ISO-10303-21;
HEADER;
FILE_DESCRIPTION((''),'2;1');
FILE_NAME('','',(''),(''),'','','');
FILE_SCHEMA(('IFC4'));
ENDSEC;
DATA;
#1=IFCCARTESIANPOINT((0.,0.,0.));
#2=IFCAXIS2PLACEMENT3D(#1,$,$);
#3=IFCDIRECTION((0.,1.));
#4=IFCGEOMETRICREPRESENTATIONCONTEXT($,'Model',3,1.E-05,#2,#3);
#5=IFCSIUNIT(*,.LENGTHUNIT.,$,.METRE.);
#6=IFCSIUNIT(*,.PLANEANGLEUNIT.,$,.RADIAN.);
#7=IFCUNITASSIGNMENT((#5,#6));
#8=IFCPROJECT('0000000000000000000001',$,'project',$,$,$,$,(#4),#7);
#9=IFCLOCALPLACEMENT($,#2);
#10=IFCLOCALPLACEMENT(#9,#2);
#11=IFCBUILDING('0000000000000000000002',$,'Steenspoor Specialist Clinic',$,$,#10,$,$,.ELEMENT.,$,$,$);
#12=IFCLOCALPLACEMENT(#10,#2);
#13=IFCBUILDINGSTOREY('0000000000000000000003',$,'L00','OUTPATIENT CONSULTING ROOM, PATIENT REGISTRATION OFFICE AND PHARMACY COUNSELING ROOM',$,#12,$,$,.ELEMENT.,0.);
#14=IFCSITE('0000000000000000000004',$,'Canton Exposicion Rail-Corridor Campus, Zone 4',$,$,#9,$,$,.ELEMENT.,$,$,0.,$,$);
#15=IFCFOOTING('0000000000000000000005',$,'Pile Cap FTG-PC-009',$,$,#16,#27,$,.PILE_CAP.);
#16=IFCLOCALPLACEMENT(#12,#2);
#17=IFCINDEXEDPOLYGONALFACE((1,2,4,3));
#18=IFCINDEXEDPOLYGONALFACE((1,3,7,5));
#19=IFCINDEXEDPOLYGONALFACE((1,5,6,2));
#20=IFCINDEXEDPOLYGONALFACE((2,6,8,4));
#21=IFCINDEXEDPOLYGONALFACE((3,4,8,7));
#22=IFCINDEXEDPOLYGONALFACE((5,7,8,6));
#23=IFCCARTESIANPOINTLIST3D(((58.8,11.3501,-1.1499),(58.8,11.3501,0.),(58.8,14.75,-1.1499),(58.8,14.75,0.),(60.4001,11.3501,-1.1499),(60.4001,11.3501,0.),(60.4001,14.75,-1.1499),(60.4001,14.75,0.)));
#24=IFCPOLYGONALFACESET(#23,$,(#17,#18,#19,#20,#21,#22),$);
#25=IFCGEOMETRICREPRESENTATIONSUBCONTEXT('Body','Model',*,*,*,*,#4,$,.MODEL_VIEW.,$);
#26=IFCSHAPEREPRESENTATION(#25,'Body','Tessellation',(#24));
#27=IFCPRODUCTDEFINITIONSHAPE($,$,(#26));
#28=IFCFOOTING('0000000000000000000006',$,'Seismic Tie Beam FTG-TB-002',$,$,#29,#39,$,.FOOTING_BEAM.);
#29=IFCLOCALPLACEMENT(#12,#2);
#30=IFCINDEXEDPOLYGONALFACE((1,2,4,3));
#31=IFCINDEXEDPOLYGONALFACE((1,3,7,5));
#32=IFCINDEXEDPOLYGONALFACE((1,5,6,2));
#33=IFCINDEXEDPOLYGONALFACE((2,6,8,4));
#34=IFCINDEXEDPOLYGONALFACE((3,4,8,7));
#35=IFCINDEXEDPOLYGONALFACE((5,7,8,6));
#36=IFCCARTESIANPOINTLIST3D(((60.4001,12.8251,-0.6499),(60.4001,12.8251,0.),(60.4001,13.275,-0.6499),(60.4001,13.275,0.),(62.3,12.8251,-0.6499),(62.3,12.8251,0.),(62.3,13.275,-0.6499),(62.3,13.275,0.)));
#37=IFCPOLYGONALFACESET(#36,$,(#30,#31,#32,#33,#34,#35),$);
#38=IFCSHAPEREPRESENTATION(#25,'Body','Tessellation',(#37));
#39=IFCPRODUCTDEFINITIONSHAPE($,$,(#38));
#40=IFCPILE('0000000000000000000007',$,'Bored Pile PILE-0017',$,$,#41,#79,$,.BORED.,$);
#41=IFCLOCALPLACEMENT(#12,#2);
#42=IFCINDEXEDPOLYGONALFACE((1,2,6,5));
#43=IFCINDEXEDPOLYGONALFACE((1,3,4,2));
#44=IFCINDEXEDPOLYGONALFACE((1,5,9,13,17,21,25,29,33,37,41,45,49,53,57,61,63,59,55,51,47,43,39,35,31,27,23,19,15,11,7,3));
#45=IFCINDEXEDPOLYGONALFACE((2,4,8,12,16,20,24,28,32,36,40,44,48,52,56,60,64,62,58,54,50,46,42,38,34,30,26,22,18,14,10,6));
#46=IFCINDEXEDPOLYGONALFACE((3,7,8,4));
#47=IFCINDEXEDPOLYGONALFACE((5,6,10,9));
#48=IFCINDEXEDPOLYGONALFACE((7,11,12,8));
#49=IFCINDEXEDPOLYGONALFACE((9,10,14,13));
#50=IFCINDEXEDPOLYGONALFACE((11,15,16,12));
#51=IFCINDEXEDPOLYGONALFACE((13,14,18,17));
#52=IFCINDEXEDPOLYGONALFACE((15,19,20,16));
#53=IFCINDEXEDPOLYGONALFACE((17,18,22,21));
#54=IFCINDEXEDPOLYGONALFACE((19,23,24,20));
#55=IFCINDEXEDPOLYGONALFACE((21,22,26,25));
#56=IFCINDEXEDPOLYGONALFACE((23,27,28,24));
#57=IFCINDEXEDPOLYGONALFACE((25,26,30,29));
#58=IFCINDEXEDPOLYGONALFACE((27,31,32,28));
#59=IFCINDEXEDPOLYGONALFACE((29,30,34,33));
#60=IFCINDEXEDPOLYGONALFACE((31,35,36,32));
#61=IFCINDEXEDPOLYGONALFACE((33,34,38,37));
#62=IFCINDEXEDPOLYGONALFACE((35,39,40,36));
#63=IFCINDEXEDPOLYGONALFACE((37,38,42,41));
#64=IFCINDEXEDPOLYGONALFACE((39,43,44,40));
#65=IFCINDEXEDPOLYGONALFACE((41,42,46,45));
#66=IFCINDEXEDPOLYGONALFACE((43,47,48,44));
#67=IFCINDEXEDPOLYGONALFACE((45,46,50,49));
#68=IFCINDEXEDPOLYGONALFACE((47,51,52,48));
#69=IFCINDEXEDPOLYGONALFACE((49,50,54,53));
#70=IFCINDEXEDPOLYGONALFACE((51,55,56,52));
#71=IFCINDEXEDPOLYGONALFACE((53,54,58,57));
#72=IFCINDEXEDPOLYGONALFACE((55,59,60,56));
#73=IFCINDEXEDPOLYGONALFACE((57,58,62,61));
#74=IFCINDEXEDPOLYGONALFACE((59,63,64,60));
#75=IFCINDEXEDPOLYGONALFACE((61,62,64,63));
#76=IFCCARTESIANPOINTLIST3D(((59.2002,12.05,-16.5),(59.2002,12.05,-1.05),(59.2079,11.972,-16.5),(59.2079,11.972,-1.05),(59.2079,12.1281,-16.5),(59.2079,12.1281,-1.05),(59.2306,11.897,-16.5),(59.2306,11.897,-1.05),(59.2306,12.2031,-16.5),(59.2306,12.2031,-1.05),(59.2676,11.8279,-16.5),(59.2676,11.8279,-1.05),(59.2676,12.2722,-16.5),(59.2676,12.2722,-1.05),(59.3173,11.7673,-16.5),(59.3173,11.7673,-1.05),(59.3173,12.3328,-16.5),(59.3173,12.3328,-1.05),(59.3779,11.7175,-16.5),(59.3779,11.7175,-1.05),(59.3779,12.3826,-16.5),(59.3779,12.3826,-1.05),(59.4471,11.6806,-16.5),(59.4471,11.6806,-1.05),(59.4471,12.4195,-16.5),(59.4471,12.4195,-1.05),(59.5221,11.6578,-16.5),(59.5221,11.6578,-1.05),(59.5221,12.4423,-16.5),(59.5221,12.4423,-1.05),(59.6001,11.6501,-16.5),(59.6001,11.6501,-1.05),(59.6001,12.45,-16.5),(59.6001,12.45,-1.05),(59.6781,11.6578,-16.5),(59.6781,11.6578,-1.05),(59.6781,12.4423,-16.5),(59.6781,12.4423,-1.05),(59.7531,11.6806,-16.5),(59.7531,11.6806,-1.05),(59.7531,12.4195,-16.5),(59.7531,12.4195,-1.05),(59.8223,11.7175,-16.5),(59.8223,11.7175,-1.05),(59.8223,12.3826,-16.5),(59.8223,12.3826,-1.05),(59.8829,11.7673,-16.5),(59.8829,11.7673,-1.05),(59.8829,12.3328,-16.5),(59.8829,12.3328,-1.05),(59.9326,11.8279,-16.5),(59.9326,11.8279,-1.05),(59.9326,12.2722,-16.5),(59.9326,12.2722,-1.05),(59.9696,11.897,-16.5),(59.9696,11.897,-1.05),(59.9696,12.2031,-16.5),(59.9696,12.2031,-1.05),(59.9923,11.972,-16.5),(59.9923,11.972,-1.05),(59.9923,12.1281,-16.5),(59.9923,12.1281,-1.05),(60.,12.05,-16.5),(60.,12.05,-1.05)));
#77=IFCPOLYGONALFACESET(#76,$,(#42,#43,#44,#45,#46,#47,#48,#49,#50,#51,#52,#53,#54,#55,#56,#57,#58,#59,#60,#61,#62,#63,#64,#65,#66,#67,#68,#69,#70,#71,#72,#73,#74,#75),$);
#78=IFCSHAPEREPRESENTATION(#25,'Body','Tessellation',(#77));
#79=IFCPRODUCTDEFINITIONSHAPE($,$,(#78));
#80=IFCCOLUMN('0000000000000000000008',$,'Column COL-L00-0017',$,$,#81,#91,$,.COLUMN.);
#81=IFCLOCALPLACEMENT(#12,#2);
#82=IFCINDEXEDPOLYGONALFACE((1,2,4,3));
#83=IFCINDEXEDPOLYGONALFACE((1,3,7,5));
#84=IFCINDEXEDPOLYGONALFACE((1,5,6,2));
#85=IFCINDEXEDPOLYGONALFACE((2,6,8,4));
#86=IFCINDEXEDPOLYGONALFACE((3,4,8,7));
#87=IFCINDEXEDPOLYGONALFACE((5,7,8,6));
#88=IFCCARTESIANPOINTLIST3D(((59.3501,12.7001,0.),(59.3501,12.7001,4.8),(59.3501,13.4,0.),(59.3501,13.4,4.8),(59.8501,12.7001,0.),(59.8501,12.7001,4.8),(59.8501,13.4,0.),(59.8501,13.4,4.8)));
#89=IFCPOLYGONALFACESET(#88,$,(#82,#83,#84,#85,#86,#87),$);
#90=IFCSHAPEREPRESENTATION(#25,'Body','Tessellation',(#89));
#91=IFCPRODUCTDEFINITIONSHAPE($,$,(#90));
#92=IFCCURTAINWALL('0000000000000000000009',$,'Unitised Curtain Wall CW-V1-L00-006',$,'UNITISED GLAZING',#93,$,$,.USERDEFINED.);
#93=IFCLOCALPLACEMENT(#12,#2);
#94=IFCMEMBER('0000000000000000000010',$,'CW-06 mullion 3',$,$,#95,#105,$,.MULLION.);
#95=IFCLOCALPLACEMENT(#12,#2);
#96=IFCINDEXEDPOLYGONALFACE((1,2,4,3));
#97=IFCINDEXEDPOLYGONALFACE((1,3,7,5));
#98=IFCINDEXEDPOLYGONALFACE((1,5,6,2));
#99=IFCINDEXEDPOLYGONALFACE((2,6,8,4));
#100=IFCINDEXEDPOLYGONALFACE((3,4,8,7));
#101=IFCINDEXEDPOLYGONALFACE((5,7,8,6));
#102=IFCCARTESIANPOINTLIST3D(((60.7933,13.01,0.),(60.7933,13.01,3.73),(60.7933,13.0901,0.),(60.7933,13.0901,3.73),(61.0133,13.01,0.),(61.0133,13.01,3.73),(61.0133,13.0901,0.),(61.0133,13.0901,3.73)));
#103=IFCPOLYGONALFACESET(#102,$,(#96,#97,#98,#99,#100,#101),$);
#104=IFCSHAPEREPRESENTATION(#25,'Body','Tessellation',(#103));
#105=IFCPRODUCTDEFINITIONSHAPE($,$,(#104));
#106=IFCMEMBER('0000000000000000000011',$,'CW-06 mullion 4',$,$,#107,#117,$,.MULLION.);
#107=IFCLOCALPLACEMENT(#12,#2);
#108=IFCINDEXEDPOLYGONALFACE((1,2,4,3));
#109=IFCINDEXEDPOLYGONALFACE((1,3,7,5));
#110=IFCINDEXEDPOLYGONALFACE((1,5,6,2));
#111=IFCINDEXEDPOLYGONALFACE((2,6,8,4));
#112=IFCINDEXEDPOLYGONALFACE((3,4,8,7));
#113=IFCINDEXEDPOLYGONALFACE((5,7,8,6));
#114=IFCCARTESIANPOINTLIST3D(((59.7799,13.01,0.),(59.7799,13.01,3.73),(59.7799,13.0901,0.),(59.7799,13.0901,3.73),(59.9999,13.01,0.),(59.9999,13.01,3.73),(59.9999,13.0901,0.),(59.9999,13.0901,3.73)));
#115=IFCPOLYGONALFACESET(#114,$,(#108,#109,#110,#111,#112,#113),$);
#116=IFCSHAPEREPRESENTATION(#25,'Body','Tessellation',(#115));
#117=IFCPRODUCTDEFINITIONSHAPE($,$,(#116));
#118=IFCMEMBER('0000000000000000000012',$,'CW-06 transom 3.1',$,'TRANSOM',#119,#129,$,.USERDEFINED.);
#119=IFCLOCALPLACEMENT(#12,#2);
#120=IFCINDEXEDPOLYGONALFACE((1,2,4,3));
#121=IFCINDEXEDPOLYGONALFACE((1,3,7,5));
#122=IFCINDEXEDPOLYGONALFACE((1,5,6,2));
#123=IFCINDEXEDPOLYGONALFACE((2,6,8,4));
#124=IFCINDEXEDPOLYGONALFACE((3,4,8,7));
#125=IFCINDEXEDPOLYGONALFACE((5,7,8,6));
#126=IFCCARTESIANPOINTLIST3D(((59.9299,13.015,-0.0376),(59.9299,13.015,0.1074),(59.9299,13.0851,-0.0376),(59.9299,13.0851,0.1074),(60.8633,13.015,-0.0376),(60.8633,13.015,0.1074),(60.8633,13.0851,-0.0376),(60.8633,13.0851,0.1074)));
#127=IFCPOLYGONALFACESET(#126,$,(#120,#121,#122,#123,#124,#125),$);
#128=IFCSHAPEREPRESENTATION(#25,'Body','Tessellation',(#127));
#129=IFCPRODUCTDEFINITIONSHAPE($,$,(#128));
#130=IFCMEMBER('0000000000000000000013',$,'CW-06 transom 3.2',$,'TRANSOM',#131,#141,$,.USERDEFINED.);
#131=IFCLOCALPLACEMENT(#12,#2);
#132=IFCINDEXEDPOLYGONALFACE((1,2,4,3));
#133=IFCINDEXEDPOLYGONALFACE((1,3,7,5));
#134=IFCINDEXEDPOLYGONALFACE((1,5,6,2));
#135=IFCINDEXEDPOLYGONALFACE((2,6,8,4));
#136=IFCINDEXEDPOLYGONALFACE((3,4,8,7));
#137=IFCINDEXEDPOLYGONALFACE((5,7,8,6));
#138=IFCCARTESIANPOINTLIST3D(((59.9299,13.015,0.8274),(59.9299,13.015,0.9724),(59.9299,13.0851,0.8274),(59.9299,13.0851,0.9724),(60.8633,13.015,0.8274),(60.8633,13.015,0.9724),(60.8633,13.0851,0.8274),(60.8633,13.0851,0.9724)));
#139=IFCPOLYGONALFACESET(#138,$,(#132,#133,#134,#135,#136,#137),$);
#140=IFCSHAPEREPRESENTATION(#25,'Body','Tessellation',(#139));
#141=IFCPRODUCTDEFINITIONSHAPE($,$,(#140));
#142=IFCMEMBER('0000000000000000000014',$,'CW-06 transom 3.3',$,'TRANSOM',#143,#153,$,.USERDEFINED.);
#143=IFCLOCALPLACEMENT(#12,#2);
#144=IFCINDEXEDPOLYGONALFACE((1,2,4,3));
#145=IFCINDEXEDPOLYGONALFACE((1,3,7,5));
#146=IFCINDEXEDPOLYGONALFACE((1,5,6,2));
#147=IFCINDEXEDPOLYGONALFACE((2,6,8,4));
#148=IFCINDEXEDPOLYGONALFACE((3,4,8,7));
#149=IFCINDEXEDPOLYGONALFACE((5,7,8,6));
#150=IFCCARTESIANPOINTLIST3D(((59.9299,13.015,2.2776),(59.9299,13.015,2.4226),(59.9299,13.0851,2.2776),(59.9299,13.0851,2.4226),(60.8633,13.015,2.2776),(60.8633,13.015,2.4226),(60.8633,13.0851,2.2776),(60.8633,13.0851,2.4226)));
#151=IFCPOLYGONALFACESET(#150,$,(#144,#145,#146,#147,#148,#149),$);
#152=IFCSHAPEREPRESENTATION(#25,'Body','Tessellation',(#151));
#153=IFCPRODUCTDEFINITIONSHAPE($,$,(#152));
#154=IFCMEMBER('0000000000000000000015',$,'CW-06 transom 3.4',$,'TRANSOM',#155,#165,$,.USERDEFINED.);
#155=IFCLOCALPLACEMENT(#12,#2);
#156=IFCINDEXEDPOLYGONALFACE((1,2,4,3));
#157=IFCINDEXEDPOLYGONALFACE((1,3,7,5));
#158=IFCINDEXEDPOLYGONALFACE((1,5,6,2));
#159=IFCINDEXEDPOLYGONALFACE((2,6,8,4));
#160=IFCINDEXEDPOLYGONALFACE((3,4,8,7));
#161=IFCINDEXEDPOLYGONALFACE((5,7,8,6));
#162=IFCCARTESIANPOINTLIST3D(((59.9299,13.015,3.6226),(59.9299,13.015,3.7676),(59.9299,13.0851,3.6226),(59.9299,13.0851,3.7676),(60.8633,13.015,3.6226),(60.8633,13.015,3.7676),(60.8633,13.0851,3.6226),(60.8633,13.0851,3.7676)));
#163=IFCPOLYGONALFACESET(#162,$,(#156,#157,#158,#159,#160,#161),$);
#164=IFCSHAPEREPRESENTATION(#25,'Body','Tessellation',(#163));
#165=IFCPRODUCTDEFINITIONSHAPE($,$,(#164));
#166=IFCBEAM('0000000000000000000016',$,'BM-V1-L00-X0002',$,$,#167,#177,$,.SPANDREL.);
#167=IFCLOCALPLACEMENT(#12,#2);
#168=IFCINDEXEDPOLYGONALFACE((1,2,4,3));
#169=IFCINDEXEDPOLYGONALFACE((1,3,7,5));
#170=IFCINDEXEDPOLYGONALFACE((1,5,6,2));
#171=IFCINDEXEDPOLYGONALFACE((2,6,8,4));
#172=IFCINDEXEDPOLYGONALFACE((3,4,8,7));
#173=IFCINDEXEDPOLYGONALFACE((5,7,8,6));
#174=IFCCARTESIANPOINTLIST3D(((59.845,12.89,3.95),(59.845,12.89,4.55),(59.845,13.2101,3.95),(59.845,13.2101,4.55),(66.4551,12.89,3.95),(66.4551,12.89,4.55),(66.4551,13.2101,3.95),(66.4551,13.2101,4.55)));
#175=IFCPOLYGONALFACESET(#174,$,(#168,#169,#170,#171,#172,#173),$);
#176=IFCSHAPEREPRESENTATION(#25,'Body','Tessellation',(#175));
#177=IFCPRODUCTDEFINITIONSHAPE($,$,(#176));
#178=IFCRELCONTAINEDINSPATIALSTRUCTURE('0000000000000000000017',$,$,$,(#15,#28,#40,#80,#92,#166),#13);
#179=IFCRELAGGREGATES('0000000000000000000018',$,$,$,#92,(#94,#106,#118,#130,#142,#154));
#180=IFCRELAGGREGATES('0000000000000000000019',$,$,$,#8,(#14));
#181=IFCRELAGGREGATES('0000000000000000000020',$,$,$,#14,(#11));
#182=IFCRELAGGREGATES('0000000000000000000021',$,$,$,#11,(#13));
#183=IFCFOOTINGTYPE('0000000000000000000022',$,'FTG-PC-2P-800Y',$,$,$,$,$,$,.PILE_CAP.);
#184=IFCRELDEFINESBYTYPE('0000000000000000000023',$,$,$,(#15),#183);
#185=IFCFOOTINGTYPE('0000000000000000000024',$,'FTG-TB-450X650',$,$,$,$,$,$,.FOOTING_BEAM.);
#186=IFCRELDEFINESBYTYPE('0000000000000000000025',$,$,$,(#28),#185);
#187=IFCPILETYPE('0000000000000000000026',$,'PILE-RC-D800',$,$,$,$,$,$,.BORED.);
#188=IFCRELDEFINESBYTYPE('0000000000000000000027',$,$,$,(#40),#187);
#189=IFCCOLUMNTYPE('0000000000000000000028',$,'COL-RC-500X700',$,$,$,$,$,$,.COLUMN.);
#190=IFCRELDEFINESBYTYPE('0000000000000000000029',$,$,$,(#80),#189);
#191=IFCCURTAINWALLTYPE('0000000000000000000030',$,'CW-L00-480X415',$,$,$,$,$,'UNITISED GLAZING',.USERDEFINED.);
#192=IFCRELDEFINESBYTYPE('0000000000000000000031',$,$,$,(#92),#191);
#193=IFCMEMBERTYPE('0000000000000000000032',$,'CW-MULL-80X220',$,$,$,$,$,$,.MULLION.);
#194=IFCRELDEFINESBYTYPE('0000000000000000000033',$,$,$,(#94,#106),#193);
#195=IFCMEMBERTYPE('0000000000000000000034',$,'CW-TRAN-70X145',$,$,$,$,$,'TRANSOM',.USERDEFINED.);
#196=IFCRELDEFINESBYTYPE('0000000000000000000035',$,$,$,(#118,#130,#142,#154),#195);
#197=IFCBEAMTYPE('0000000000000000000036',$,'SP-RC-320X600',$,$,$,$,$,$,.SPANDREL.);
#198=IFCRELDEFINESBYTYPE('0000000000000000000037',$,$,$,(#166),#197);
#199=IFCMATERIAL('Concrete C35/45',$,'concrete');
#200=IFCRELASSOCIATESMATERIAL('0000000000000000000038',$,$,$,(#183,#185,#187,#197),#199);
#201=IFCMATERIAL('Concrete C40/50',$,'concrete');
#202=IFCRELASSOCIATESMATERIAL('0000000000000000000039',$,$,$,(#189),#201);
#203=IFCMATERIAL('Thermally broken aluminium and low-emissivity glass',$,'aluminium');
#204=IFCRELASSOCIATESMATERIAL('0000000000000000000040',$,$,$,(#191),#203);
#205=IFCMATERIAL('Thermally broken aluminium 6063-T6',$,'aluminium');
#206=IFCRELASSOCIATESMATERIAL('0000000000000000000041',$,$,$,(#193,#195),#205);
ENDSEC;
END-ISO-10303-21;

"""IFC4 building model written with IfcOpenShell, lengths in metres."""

from ifc_helpers import new_model, si_unit, direction, frame, origin, origin_2d, place, context, subcontext, project, spatial, rectangle, circle, extrude, material, material_profile, profile_set, type_object, element, aggregate, save


model = new_model("IFC4")

# Units and contexts
model_context = context("Model", 3, precision=1e-05, world=origin(), true_north=direction((0.0, 1.0)))
body_context = subcontext(model_context, "Body", "Model", "MODEL_VIEW")
ifc_project = project(units=[si_unit("LENGTHUNIT", "METRE"), si_unit("PLANEANGLEUNIT", "RADIAN")], contexts=[model_context])

# Site, building, storey
site_placement = place(None, origin())
site = spatial("IfcSite", under=ifc_project, at=site_placement, Name="Canton Exposicion Rail-Corridor Campus, Zone 4", CompositionType="ELEMENT", RefElevation=0.0)
building_placement = place(site_placement, origin())
building = spatial("IfcBuilding", under=site, at=building_placement, Name="Steenspoor Specialist Clinic", CompositionType="ELEMENT")
storey_placement = place(building_placement, origin())
storey = spatial("IfcBuildingStorey", under=building, at=storey_placement, Name="L00", Description="OUTPATIENT CONSULTING ROOM, PATIENT REGISTRATION OFFICE AND PHARMACY COUNSELING ROOM", CompositionType="ELEMENT", Elevation=0.0)

# Footings
ifc_material_1 = material(Name="Concrete C35/45", Category="concrete")
footing_type_1 = type_object("IfcFootingType", Name="FTG-PC-2P-800Y", PredefinedType="PILE_CAP", material=ifc_material_1)
footing_1_placement = place(storey_placement, frame((59.6001, 13.05, -1.1499), z_axis=(0.0, 0.0, 1.0), x_axis=(1.0, 0.0, 0.0)))
element("IfcFooting", 1, at=footing_1_placement, inside=storey, type_object=footing_type_1, Name="Pile Cap FTG-PC-009", PredefinedType="PILE_CAP", context=body_context, shape_type="SweptSolid", body=[
    extrude(rectangle(XDim=1.6001, YDim=3.3999, at=origin_2d()), origin(), (0.0, 0.0, 1.0), 1.1499),
])
footing_type_2 = type_object("IfcFootingType", Name="FTG-TB-450X650", PredefinedType="FOOTING_BEAM", material=ifc_material_1)
footing_2_placement = place(storey_placement, frame((61.3501, 13.05, -0.6499), z_axis=(0.0, 0.0, 1.0), x_axis=(1.0, 0.0, 0.0)))
element("IfcFooting", 2, at=footing_2_placement, inside=storey, type_object=footing_type_2, Name="Seismic Tie Beam FTG-TB-002", PredefinedType="FOOTING_BEAM", context=body_context, shape_type="SweptSolid", body=[
    extrude(rectangle(XDim=1.8999, YDim=0.45, at=origin_2d()), origin(), (0.0, 0.0, 1.0), 0.6499),
])

# Pile
ifc_material_profile_1 = material_profile(ifc_material_1, circle(Radius=0.3999, at=origin_2d()), Name="PILE-D800")
ifc_profile_set_1 = profile_set([ifc_material_profile_1], Name="Concrete C35/45")
pile_type = type_object("IfcPileType", Name="PILE-RC-D800", PredefinedType="BORED", material=ifc_profile_set_1)
pile_placement = place(storey_placement, frame((59.6001, 12.05, -1.05), z_axis=(0.0, 0.0, -1.0), x_axis=(1.0, 0.0, 0.0)))
element("IfcPile", 3, at=pile_placement, inside=storey, type_object=pile_type, Name="Bored Pile PILE-0017", PredefinedType="BORED", context=body_context, shape_type="SweptSolid", body=[
    extrude(circle(Radius=0.3999, at=origin_2d()), origin(), (0.0, 0.0, 1.0), 15.45),
])

# Column
ifc_material_2 = material(Name="Concrete C40/50", Category="concrete")
ifc_material_profile_2 = material_profile(ifc_material_2, rectangle(XDim=0.5, YDim=0.7, at=origin_2d()), Name="RC-COL-500X700")
ifc_profile_set_2 = profile_set([ifc_material_profile_2], Name="Concrete C40/50")
column_type = type_object("IfcColumnType", Name="COL-RC-500X700", PredefinedType="COLUMN", material=ifc_profile_set_2)
column_placement = place(storey_placement, frame((59.6001, 13.05, 0.0), z_axis=(0.0, 0.0, 1.0), x_axis=(1.0, 0.0, 0.0)))
element("IfcColumn", 4, at=column_placement, inside=storey, type_object=column_type, Name="Column COL-L00-0017", PredefinedType="COLUMN", context=body_context, shape_type="SweptSolid", body=[
    extrude(rectangle(XDim=0.5, YDim=0.7, at=origin_2d()), origin(), (0.0, 0.0, 1.0), 4.8),
])

# Curtain wall, members
ifc_material_3 = material(Name="Thermally broken aluminium and low-emissivity glass", Category="aluminium")
curtain_wall_type = type_object("IfcCurtainWallType", Name="CW-L00-480X415", ElementType="UNITISED GLAZING", PredefinedType="USERDEFINED", material=ifc_material_3)
curtain_wall_placement = place(storey_placement, origin())
curtain_wall = element("IfcCurtainWall", 5, at=curtain_wall_placement, inside=storey, type_object=curtain_wall_type, Name="Unitised Curtain Wall CW-V1-L00-006", ObjectType="UNITISED GLAZING", PredefinedType="USERDEFINED")
ifc_material_4 = material(Name="Thermally broken aluminium 6063-T6", Category="aluminium")
ifc_material_profile_3 = material_profile(ifc_material_4, rectangle(XDim=0.0801, YDim=0.22, at=origin_2d()), Name="CWM-80X220")
ifc_profile_set_3 = profile_set([ifc_material_profile_3], Name="Thermally broken aluminium 6063-T6")
member_type_1 = type_object("IfcMemberType", Name="CW-MULL-80X220", PredefinedType="MULLION", material=ifc_profile_set_3)
member_1_placement = place(storey_placement, frame((60.9033, 13.05, 0.0), z_axis=(0.0, 0.0, 1.0), x_axis=(0.0, -1.0, 0.0)))
member_1 = element("IfcMember", 6, at=member_1_placement, type_object=member_type_1, Name="CW-06 mullion 3", PredefinedType="MULLION", context=body_context, shape_type="SweptSolid", body=[
    extrude(rectangle(XDim=0.0801, YDim=0.22, at=origin_2d()), origin(), (0.0, 0.0, 1.0), 3.73),
])
member_2_placement = place(storey_placement, frame((59.8899, 13.05, 0.0), z_axis=(0.0, 0.0, 1.0), x_axis=(0.0, -1.0, 0.0)))
member_2 = element("IfcMember", 7, at=member_2_placement, type_object=member_type_1, Name="CW-06 mullion 4", PredefinedType="MULLION", context=body_context, shape_type="SweptSolid", body=[
    extrude(rectangle(XDim=0.0801, YDim=0.22, at=origin_2d()), origin(), (0.0, 0.0, 1.0), 3.73),
])
ifc_material_profile_4 = material_profile(ifc_material_4, rectangle(XDim=0.0701, YDim=0.145, at=origin_2d()), Name="CWT-70X145")
ifc_profile_set_4 = profile_set([ifc_material_profile_4], Name="Thermally broken aluminium 6063-T6")
member_type_2 = type_object("IfcMemberType", Name="CW-TRAN-70X145", ElementType="TRANSOM", PredefinedType="USERDEFINED", material=ifc_profile_set_4)
member_3_placement = place(storey_placement, frame((60.8633, 13.05, 0.0349), z_axis=(-1.0, 0.0, 0.0), x_axis=(0.0, -1.0, 0.0)))
member_3 = element("IfcMember", 8, at=member_3_placement, type_object=member_type_2, Name="CW-06 transom 3.1", ObjectType="TRANSOM", PredefinedType="USERDEFINED", context=body_context, shape_type="SweptSolid", body=[
    extrude(rectangle(XDim=0.0701, YDim=0.145, at=origin_2d()), origin(), (0.0, 0.0, 1.0), 0.9333),
])
member_4_placement = place(storey_placement, frame((60.8633, 13.05, 0.8999), z_axis=(-1.0, 0.0, 0.0), x_axis=(0.0, -1.0, 0.0)))
member_4 = element("IfcMember", 9, at=member_4_placement, type_object=member_type_2, Name="CW-06 transom 3.2", ObjectType="TRANSOM", PredefinedType="USERDEFINED", context=body_context, shape_type="SweptSolid", body=[
    extrude(rectangle(XDim=0.0701, YDim=0.145, at=origin_2d()), origin(), (0.0, 0.0, 1.0), 0.9333),
])
member_5_placement = place(storey_placement, frame((60.8633, 13.05, 2.3501), z_axis=(-1.0, 0.0, 0.0), x_axis=(0.0, -1.0, 0.0)))
member_5 = element("IfcMember", 10, at=member_5_placement, type_object=member_type_2, Name="CW-06 transom 3.3", ObjectType="TRANSOM", PredefinedType="USERDEFINED", context=body_context, shape_type="SweptSolid", body=[
    extrude(rectangle(XDim=0.0701, YDim=0.145, at=origin_2d()), origin(), (0.0, 0.0, 1.0), 0.9333),
])
member_6_placement = place(storey_placement, frame((60.8633, 13.05, 3.6951), z_axis=(-1.0, 0.0, 0.0), x_axis=(0.0, -1.0, 0.0)))
member_6 = element("IfcMember", 11, at=member_6_placement, type_object=member_type_2, Name="CW-06 transom 3.4", ObjectType="TRANSOM", PredefinedType="USERDEFINED", context=body_context, shape_type="SweptSolid", body=[
    extrude(rectangle(XDim=0.0701, YDim=0.145, at=origin_2d()), origin(), (0.0, 0.0, 1.0), 0.9333),
])

# Beam
ifc_material_profile_5 = material_profile(ifc_material_1, rectangle(XDim=0.3201, YDim=0.6001, at=origin_2d()), Name="RC-SP-320X600")
ifc_profile_set_5 = profile_set([ifc_material_profile_5], Name="Concrete C35/45")
beam_type = type_object("IfcBeamType", Name="SP-RC-320X600", PredefinedType="SPANDREL", material=ifc_profile_set_5)
beam_placement = place(storey_placement, frame((59.845, 13.05, 4.25), z_axis=(1.0, 0.0, 0.0), x_axis=(0.0, 1.0, 0.0)))
element("IfcBeam", 12, at=beam_placement, inside=storey, type_object=beam_type, Name="BM-V1-L00-X0002", PredefinedType="SPANDREL", context=body_context, shape_type="SweptSolid", body=[
    extrude(rectangle(XDim=0.3201, YDim=0.6001, at=origin_2d()), origin(), (0.0, 0.0, 1.0), 6.6101),
])

aggregate(curtain_wall, [member_1, member_2, member_3, member_4, member_5, member_6])

save(model, "model.ifc")
